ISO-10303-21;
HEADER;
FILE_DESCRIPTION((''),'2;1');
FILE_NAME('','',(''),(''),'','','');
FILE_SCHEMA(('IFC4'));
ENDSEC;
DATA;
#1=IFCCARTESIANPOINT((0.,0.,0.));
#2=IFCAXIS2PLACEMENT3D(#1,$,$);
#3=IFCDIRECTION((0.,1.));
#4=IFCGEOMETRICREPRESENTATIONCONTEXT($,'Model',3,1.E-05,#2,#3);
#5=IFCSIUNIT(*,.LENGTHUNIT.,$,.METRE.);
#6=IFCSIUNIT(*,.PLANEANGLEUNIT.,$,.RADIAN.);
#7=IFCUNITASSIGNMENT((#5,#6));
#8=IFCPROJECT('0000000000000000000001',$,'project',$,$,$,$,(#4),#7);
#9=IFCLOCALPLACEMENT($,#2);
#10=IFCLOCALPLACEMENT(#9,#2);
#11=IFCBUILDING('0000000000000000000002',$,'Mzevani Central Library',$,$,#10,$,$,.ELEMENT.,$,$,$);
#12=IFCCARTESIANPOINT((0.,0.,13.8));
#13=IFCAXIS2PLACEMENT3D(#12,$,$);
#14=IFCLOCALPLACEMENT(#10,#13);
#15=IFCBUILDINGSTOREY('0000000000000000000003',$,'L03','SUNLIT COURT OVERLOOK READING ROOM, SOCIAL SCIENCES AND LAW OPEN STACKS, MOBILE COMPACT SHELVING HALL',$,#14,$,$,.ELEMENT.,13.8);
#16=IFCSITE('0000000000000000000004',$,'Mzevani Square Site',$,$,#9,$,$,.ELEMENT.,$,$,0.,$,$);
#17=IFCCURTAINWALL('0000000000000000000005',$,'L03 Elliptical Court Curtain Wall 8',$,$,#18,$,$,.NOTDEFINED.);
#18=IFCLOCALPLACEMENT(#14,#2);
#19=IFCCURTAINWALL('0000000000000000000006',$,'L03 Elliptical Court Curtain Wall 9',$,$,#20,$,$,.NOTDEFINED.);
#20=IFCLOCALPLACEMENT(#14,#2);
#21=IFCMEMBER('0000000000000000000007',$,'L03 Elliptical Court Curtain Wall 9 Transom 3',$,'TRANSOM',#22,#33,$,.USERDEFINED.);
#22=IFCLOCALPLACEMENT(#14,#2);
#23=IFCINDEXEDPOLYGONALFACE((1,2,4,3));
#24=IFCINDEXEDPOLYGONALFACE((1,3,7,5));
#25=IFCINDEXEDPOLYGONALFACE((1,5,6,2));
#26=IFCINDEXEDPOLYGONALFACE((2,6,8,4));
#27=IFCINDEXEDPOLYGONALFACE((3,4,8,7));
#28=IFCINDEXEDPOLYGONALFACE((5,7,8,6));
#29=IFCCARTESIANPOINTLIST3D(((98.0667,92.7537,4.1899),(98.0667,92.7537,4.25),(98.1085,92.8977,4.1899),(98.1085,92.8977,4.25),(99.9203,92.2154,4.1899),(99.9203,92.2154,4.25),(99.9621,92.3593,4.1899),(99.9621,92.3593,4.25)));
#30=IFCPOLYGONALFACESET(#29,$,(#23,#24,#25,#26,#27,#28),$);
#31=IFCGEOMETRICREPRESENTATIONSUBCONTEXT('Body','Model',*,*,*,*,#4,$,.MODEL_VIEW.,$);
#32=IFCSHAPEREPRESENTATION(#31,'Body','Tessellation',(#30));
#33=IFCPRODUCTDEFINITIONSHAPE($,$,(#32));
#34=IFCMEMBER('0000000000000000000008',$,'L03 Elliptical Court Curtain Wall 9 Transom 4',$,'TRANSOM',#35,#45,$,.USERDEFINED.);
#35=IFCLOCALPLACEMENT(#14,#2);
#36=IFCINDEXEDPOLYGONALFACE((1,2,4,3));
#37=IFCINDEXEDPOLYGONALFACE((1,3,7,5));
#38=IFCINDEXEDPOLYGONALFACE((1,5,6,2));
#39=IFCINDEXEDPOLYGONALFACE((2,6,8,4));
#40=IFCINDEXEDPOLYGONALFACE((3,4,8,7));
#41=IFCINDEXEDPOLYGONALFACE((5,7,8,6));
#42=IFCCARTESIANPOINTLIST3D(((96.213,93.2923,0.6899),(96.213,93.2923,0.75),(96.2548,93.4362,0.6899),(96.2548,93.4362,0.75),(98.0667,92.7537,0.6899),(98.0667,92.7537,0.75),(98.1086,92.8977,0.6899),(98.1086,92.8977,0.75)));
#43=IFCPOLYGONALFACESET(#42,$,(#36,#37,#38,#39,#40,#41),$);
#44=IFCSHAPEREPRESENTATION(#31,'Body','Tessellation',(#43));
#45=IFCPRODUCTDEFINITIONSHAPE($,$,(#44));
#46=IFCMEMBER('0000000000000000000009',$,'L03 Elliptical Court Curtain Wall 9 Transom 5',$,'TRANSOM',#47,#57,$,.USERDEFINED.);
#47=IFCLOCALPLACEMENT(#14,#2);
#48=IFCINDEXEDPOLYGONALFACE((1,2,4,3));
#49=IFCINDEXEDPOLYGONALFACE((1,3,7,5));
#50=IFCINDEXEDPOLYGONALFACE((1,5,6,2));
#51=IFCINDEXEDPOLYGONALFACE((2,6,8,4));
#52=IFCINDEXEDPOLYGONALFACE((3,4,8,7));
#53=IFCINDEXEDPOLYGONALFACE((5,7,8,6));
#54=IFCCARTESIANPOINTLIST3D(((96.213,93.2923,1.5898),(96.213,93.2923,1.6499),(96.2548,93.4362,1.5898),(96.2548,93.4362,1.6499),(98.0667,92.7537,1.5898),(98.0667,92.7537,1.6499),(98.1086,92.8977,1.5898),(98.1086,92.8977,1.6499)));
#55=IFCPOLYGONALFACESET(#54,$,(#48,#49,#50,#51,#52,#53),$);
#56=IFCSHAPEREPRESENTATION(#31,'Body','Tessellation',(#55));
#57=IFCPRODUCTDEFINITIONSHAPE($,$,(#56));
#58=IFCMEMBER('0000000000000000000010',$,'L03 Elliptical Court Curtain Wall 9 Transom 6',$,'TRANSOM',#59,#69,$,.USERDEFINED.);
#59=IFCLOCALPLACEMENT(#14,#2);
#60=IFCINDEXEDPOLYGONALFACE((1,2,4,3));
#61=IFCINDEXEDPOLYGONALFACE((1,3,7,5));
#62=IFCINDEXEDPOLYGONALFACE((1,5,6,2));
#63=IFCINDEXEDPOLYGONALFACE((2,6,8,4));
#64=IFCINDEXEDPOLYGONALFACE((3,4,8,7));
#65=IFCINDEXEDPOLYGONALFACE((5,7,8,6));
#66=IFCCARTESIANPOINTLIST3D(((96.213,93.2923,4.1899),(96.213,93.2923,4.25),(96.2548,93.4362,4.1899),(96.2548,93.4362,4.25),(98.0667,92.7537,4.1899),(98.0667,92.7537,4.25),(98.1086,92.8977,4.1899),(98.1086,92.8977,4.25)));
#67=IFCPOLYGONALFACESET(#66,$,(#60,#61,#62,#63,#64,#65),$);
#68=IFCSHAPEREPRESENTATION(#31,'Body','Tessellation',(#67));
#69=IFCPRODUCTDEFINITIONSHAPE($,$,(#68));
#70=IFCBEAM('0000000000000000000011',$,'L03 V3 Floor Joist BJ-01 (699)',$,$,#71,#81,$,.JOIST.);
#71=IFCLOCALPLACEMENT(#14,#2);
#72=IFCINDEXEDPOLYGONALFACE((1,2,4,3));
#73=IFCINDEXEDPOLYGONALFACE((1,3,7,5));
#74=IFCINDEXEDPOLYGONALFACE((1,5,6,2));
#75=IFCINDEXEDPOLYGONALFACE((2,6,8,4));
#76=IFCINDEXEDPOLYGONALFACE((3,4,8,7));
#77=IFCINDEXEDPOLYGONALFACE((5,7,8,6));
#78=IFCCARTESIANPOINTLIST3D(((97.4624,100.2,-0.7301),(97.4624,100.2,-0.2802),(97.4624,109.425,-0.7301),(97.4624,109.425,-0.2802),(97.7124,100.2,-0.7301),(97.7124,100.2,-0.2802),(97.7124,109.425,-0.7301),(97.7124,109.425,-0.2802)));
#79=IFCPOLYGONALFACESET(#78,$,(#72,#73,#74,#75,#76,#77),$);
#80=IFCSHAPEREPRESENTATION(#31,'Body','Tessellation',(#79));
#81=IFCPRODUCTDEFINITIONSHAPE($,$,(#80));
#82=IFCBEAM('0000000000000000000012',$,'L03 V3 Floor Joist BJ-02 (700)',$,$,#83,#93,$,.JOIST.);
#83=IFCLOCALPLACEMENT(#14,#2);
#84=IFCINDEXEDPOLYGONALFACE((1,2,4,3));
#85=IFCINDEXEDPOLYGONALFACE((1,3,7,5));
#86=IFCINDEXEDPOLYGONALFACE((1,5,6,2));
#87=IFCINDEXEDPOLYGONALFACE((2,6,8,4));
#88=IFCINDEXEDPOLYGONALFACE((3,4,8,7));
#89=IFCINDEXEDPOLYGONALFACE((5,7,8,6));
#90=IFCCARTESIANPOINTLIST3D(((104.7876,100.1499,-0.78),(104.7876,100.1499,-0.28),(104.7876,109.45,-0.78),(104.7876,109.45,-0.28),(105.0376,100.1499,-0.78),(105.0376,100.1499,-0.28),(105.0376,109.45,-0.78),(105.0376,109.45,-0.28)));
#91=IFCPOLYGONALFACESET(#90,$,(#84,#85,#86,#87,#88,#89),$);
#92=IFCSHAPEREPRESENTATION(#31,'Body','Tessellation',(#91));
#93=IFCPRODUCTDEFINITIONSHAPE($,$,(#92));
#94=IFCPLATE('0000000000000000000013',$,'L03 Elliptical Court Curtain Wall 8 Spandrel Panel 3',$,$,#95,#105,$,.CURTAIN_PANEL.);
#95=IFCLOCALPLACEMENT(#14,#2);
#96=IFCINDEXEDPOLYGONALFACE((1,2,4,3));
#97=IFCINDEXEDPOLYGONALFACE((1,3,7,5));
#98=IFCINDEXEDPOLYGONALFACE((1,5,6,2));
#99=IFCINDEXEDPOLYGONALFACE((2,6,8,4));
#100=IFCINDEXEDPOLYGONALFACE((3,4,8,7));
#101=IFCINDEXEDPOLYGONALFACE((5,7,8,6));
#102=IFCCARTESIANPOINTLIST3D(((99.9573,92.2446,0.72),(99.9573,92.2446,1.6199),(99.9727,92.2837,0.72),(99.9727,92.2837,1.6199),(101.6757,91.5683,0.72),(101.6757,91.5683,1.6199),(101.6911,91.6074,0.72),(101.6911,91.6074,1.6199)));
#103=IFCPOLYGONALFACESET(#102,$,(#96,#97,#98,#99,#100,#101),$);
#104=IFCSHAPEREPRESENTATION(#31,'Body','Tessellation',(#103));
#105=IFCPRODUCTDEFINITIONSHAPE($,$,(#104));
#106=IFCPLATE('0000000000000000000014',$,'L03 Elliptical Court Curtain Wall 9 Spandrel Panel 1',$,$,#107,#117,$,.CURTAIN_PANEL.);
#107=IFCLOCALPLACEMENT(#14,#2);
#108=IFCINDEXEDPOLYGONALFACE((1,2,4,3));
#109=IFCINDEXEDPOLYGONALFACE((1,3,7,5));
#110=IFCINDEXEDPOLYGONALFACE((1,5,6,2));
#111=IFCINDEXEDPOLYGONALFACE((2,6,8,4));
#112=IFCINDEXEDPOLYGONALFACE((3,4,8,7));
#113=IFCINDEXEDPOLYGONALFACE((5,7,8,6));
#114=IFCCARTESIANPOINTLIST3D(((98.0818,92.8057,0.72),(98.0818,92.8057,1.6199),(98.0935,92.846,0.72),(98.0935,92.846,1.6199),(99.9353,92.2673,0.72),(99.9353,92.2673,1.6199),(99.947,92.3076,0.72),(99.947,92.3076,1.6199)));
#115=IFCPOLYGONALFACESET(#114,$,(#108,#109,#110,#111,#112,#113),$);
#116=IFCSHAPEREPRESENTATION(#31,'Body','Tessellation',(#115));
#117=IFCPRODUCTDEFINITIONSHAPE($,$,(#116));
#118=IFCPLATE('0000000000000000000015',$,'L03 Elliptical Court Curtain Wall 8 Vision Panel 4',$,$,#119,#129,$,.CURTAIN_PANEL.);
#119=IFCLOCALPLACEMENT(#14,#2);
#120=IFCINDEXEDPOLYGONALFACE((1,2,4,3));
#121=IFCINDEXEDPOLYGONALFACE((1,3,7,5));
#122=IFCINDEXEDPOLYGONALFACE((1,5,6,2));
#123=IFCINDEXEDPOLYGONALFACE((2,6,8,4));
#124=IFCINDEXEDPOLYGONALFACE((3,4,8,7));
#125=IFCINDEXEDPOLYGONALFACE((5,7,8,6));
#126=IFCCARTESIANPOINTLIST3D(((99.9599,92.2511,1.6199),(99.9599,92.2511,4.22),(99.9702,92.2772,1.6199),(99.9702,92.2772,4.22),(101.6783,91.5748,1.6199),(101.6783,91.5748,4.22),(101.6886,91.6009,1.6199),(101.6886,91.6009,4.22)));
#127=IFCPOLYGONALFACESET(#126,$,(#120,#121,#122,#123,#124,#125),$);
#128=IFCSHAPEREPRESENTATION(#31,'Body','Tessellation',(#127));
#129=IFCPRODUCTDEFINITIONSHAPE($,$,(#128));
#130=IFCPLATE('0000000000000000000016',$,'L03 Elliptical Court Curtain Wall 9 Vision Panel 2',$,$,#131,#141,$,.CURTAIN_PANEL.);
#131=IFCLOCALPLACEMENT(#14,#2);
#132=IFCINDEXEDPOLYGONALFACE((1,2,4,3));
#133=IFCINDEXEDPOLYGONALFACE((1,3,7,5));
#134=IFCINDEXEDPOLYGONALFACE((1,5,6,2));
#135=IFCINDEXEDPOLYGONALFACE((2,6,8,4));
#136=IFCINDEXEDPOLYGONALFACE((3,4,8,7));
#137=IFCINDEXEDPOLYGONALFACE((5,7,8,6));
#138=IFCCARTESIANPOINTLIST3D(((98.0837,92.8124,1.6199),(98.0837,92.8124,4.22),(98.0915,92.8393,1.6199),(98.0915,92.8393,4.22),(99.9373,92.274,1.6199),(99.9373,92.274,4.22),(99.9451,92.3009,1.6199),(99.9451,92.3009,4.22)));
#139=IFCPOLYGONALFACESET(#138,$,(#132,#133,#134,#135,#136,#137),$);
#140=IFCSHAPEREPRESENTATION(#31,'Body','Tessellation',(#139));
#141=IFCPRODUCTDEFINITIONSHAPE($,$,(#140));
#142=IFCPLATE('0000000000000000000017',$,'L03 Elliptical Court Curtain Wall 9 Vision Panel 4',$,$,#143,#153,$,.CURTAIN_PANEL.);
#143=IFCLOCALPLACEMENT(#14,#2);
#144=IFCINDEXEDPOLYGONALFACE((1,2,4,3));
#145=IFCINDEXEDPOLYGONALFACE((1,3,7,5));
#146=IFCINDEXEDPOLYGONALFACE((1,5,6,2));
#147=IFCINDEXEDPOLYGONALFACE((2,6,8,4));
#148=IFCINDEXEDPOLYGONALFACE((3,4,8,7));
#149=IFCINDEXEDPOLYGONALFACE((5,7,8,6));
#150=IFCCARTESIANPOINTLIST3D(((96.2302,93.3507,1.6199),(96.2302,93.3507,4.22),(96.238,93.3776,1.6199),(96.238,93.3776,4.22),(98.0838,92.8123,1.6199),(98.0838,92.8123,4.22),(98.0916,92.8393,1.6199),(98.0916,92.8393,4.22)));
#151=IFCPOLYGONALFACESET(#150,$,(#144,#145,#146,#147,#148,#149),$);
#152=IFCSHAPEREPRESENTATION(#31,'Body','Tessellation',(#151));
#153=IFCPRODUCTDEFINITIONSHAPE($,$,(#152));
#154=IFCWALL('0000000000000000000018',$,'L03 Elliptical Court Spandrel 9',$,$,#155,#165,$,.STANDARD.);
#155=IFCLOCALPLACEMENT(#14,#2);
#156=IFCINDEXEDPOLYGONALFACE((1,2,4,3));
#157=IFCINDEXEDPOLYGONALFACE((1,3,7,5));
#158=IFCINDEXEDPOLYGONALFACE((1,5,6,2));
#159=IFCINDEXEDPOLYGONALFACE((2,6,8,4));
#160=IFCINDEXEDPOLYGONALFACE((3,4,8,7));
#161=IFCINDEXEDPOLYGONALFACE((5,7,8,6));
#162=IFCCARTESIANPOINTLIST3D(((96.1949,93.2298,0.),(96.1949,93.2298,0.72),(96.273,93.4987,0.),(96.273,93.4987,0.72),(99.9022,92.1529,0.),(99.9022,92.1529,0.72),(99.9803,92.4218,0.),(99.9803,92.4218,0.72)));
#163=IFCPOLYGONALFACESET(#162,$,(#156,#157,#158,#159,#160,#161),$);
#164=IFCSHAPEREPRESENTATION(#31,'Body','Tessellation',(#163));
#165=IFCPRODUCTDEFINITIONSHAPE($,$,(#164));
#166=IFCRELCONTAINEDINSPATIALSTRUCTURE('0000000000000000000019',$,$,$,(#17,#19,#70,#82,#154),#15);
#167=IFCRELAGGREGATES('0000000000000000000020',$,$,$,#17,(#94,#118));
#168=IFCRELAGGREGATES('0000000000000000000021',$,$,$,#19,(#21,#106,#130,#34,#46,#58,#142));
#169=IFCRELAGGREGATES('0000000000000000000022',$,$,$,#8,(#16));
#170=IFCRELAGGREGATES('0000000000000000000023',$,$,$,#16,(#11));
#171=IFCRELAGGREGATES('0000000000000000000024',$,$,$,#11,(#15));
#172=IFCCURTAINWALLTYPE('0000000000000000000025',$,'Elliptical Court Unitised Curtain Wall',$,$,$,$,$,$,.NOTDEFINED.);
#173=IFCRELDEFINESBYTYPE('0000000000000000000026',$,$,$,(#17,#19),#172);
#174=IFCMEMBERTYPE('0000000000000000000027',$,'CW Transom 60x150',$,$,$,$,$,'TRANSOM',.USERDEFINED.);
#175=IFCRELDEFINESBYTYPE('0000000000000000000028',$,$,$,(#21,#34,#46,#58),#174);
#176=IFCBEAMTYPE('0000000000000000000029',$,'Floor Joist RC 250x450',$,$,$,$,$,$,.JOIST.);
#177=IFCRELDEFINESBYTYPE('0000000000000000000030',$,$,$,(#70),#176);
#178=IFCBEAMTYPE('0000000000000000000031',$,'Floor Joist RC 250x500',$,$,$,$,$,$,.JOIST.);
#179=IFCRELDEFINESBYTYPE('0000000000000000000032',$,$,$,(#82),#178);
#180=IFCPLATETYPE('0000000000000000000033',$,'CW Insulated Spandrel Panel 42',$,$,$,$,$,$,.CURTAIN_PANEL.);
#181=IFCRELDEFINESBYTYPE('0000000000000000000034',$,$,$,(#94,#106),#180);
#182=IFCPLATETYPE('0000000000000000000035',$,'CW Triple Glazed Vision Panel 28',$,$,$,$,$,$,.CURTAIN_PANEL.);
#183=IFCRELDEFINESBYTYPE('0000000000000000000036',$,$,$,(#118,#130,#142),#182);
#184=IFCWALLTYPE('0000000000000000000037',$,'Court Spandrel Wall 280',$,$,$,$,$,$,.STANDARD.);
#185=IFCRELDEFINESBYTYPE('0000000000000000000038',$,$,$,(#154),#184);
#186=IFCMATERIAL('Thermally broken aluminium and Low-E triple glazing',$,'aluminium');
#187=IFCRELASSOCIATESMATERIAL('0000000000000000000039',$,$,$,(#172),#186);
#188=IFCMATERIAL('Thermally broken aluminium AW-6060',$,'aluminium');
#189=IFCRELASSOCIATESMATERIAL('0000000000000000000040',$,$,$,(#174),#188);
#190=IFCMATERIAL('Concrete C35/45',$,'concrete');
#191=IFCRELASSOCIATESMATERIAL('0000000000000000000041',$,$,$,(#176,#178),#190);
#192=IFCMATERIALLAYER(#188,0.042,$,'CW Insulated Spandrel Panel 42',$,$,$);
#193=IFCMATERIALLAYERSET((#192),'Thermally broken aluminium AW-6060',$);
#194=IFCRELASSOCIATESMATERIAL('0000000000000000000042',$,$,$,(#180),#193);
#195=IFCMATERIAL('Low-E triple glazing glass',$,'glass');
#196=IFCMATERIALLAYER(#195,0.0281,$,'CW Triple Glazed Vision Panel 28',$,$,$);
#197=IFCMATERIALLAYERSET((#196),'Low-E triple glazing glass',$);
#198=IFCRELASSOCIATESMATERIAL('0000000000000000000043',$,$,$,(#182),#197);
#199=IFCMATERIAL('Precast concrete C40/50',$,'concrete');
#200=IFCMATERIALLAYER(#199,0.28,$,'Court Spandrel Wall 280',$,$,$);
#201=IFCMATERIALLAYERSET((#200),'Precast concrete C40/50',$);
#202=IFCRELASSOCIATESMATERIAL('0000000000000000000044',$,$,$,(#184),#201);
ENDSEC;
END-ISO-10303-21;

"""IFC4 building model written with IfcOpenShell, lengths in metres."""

from ifc_helpers import new_model, si_unit, direction, frame, frame_2d, origin, origin_2d, place, context, subcontext, project, spatial, rectangle, extrude, material, layer, layer_set, material_profile, profile_set, type_object, element, aggregate, save


model = new_model("IFC4")

# Units and contexts
model_context = context("Model", 3, precision=1e-05, world=origin(), true_north=direction((0.0, 1.0)))
body_context = subcontext(model_context, "Body", "Model", "MODEL_VIEW")
ifc_project = project(units=[si_unit("LENGTHUNIT", "METRE"), si_unit("PLANEANGLEUNIT", "RADIAN")], contexts=[model_context])

# Site, building, storey
site_placement = place(None, origin())
site = spatial("IfcSite", under=ifc_project, at=site_placement, Name="Mzevani Square Site", CompositionType="ELEMENT", RefElevation=0.0)
building_placement = place(site_placement, origin())
building = spatial("IfcBuilding", under=site, at=building_placement, Name="Mzevani Central Library", CompositionType="ELEMENT")
storey_placement = place(building_placement, frame((0.0, 0.0, 13.8)))
storey = spatial("IfcBuildingStorey", under=building, at=storey_placement, Name="L03", Description="SUNLIT COURT OVERLOOK READING ROOM, SOCIAL SCIENCES AND LAW OPEN STACKS, MOBILE COMPACT SHELVING HALL", CompositionType="ELEMENT", Elevation=13.8)

# Shared definitions
ifc_material_1 = material(Name="Concrete C35/45", Category="concrete")

# Curtain wall
ifc_material_2 = material(Name="Thermally broken aluminium and Low-E triple glazing", Category="aluminium")
curtain_wall_type = type_object("IfcCurtainWallType", Name="Elliptical Court Unitised Curtain Wall", PredefinedType="NOTDEFINED", material=ifc_material_2)
curtain_wall_1_placement = place(storey_placement, origin())
curtain_wall_1 = element("IfcCurtainWall", 1, at=curtain_wall_1_placement, inside=storey, type_object=curtain_wall_type, Name="L03 Elliptical Court Curtain Wall 8", PredefinedType="NOTDEFINED")
ifc_material_3 = material(Name="Thermally broken aluminium AW-6060", Category="aluminium")

# Curtain wall, members
curtain_wall_2_placement = place(storey_placement, origin())
curtain_wall_2 = element("IfcCurtainWall", 2, at=curtain_wall_2_placement, inside=storey, type_object=curtain_wall_type, Name="L03 Elliptical Court Curtain Wall 9", PredefinedType="NOTDEFINED")
ifc_material_profile_1 = material_profile(ifc_material_3, rectangle(XDim=0.1499, YDim=0.0601, at=origin_2d()), Name="ALU T60x150")
ifc_profile_set_1 = profile_set([ifc_material_profile_1], Name="Thermally broken aluminium AW-6060")
member_type_1 = type_object("IfcMemberType", Name="CW Transom 60x150", ElementType="TRANSOM", PredefinedType="USERDEFINED", material=ifc_profile_set_1)
member_1_placement = place(storey_placement, frame((99.9412, 92.2874, 4.22), z_axis=(-0.960317, 0.278912, 0.0), x_axis=(-0.278912, -0.960317, 0.0)))
member_1 = element("IfcMember", 3, at=member_1_placement, type_object=member_type_1, Name="L03 Elliptical Court Curtain Wall 9 Transom 3", ObjectType="TRANSOM", PredefinedType="USERDEFINED", context=body_context, shape_type="SweptSolid", body=[
    extrude(rectangle(XDim=0.1499, YDim=0.0601, at=origin_2d()), origin(), (0.0, 0.0, 1.0), 1.9302),
])
member_2_placement = place(storey_placement, frame((98.0876, 92.8257, 0.72), z_axis=(-0.960293, 0.278995, 0.0), x_axis=(-0.278995, -0.960293, 0.0)))
member_2 = element("IfcMember", 4, at=member_2_placement, type_object=member_type_1, Name="L03 Elliptical Court Curtain Wall 9 Transom 4", ObjectType="TRANSOM", PredefinedType="USERDEFINED", context=body_context, shape_type="SweptSolid", body=[
    extrude(rectangle(XDim=0.1499, YDim=0.0601, at=origin_2d()), origin(), (0.0, 0.0, 1.0), 1.9304),
])
member_3_placement = place(storey_placement, frame((98.0876, 92.8257, 1.6199), z_axis=(-0.960293, 0.278995, 0.0), x_axis=(-0.278995, -0.960293, 0.0)))
member_3 = element("IfcMember", 5, at=member_3_placement, type_object=member_type_1, Name="L03 Elliptical Court Curtain Wall 9 Transom 5", ObjectType="TRANSOM", PredefinedType="USERDEFINED", context=body_context, shape_type="SweptSolid", body=[
    extrude(rectangle(XDim=0.1499, YDim=0.0601, at=origin_2d()), origin(), (0.0, 0.0, 1.0), 1.9304),
])
member_4_placement = place(storey_placement, frame((98.0876, 92.8257, 4.22), z_axis=(-0.960293, 0.278995, 0.0), x_axis=(-0.278995, -0.960293, 0.0)))
member_4 = element("IfcMember", 6, at=member_4_placement, type_object=member_type_1, Name="L03 Elliptical Court Curtain Wall 9 Transom 6", ObjectType="TRANSOM", PredefinedType="USERDEFINED", context=body_context, shape_type="SweptSolid", body=[
    extrude(rectangle(XDim=0.1499, YDim=0.0601, at=origin_2d()), origin(), (0.0, 0.0, 1.0), 1.9304),
])

# Beams
ifc_material_profile_2 = material_profile(ifc_material_1, rectangle(XDim=0.25, YDim=0.45, at=origin_2d()), Name="RC J250x450")
ifc_profile_set_2 = profile_set([ifc_material_profile_2], Name="Concrete C35/45")
beam_type_1 = type_object("IfcBeamType", Name="Floor Joist RC 250x450", PredefinedType="JOIST", material=ifc_profile_set_2)
beam_1_placement = place(storey_placement, frame((97.5874, 100.2, -0.5051), z_axis=(0.0, 1.0, 0.0), x_axis=(-1.0, 0.0, 0.0)))
element("IfcBeam", 7, at=beam_1_placement, inside=storey, type_object=beam_type_1, Name="L03 V3 Floor Joist BJ-01 (699)", PredefinedType="JOIST", context=body_context, shape_type="SweptSolid", body=[
    extrude(rectangle(XDim=0.25, YDim=0.45, at=origin_2d()), origin(), (0.0, 0.0, 1.0), 9.2251),
])
ifc_material_profile_3 = material_profile(ifc_material_1, rectangle(XDim=0.25, YDim=0.5, at=origin_2d()), Name="RC J250x500")
ifc_profile_set_3 = profile_set([ifc_material_profile_3], Name="Concrete C35/45")
beam_type_2 = type_object("IfcBeamType", Name="Floor Joist RC 250x500", PredefinedType="JOIST", material=ifc_profile_set_3)
beam_2_placement = place(storey_placement, frame((104.9126, 100.1499, -0.53), z_axis=(0.0, 1.0, 0.0), x_axis=(-1.0, 0.0, 0.0)))
element("IfcBeam", 8, at=beam_2_placement, inside=storey, type_object=beam_type_2, Name="L03 V3 Floor Joist BJ-02 (700)", PredefinedType="JOIST", context=body_context, shape_type="SweptSolid", body=[
    extrude(rectangle(XDim=0.25, YDim=0.5, at=origin_2d()), origin(), (0.0, 0.0, 1.0), 9.3),
])

# Plates
ifc_layer_1 = layer(ifc_material_3, 0.042, Name="CW Insulated Spandrel Panel 42")
ifc_layer_set_1 = layer_set([ifc_layer_1], Name="Thermally broken aluminium AW-6060")
plate_type_1 = type_object("IfcPlateType", Name="CW Insulated Spandrel Panel 42", PredefinedType="CURTAIN_PANEL", material=ifc_layer_set_1)
plate_1_placement = place(storey_placement, frame((100.8242, 91.926, 0.72), z_axis=(0.0, 0.0, 1.0), x_axis=(-0.930531, 0.366212, 0.0)))
plate_1 = element("IfcPlate", 9, at=plate_1_placement, type_object=plate_type_1, Name="L03 Elliptical Court Curtain Wall 8 Spandrel Panel 3", PredefinedType="CURTAIN_PANEL", context=body_context, shape_type="SweptSolid", body=[
    extrude(rectangle(XDim=1.8467, YDim=0.042, at=origin_2d()), origin(), (0.0, 0.0, 1.0), 0.8999),
])
plate_2_placement = place(storey_placement, frame((99.0144, 92.5566, 0.72), z_axis=(0.0, 0.0, 1.0), x_axis=(-0.96031, 0.278934, 0.0)))
plate_2 = element("IfcPlate", 10, at=plate_2_placement, type_object=plate_type_1, Name="L03 Elliptical Court Curtain Wall 9 Spandrel Panel 1", PredefinedType="CURTAIN_PANEL", context=body_context, shape_type="SweptSolid", body=[
    extrude(rectangle(XDim=1.9302, YDim=0.042, at=origin_2d()), origin(), (0.0, 0.0, 1.0), 0.8999),
])
ifc_material_4 = material(Name="Low-E triple glazing glass", Category="glass")
ifc_layer_2 = layer(ifc_material_4, 0.0281, Name="CW Triple Glazed Vision Panel 28")
ifc_layer_set_2 = layer_set([ifc_layer_2], Name="Low-E triple glazing glass")
plate_type_2 = type_object("IfcPlateType", Name="CW Triple Glazed Vision Panel 28", PredefinedType="CURTAIN_PANEL", material=ifc_layer_set_2)
plate_3_placement = place(storey_placement, frame((100.8242, 91.926, 1.6199), z_axis=(0.0, 0.0, 1.0), x_axis=(-0.930531, 0.366212, 0.0)))
plate_3 = element("IfcPlate", 11, at=plate_3_placement, type_object=plate_type_2, Name="L03 Elliptical Court Curtain Wall 8 Vision Panel 4", PredefinedType="CURTAIN_PANEL", context=body_context, shape_type="SweptSolid", body=[
    extrude(rectangle(XDim=1.8467, YDim=0.0281, at=origin_2d()), origin(), (0.0, 0.0, 1.0), 2.6001),
])
aggregate(curtain_wall_1, [plate_1, plate_3])
plate_4_placement = place(storey_placement, frame((99.0144, 92.5566, 1.6199), z_axis=(0.0, 0.0, 1.0), x_axis=(-0.96031, 0.278934, 0.0)))
plate_4 = element("IfcPlate", 12, at=plate_4_placement, type_object=plate_type_2, Name="L03 Elliptical Court Curtain Wall 9 Vision Panel 2", PredefinedType="CURTAIN_PANEL", context=body_context, shape_type="SweptSolid", body=[
    extrude(rectangle(XDim=1.9302, YDim=0.0281, at=origin_2d()), origin(), (0.0, 0.0, 1.0), 2.6001),
])
plate_5_placement = place(storey_placement, frame((97.1609, 93.095, 1.6199), z_axis=(0.0, 0.0, 1.0), x_axis=(-0.96031, 0.278934, 0.0)))
plate_5 = element("IfcPlate", 13, at=plate_5_placement, type_object=plate_type_2, Name="L03 Elliptical Court Curtain Wall 9 Vision Panel 4", PredefinedType="CURTAIN_PANEL", context=body_context, shape_type="SweptSolid", body=[
    extrude(rectangle(XDim=1.9302, YDim=0.0281, at=origin_2d()), origin(), (0.0, 0.0, 1.0), 2.6001),
])
aggregate(curtain_wall_2, [member_1, plate_2, plate_4, member_2, member_3, member_4, plate_5])

# Wall
ifc_material_5 = material(Name="Precast concrete C40/50", Category="concrete")
ifc_layer_3 = layer(ifc_material_5, 0.28, Name="Court Spandrel Wall 280")
ifc_layer_set_3 = layer_set([ifc_layer_3], Name="Precast concrete C40/50")
wall_type_1 = type_object("IfcWallType", Name="Court Spandrel Wall 280", PredefinedType="STANDARD", material=ifc_layer_set_3)
wall_1_placement = place(storey_placement, frame((99.9412, 92.2874, 0.0), z_axis=(0.0, 0.0, 1.0), x_axis=(-0.960305, 0.278953, 0.0)))
element("IfcWall", 14, at=wall_1_placement, inside=storey, type_object=wall_type_1, Name="L03 Elliptical Court Spandrel 9", PredefinedType="STANDARD", context=body_context, shape_type="SweptSolid", body=[
    extrude(rectangle(XDim=3.8606, YDim=0.28, at=frame_2d((1.9302, 0.0))), origin(), (0.0, 0.0, 1.0), 0.72),
])

save(model, "model.ifc")
